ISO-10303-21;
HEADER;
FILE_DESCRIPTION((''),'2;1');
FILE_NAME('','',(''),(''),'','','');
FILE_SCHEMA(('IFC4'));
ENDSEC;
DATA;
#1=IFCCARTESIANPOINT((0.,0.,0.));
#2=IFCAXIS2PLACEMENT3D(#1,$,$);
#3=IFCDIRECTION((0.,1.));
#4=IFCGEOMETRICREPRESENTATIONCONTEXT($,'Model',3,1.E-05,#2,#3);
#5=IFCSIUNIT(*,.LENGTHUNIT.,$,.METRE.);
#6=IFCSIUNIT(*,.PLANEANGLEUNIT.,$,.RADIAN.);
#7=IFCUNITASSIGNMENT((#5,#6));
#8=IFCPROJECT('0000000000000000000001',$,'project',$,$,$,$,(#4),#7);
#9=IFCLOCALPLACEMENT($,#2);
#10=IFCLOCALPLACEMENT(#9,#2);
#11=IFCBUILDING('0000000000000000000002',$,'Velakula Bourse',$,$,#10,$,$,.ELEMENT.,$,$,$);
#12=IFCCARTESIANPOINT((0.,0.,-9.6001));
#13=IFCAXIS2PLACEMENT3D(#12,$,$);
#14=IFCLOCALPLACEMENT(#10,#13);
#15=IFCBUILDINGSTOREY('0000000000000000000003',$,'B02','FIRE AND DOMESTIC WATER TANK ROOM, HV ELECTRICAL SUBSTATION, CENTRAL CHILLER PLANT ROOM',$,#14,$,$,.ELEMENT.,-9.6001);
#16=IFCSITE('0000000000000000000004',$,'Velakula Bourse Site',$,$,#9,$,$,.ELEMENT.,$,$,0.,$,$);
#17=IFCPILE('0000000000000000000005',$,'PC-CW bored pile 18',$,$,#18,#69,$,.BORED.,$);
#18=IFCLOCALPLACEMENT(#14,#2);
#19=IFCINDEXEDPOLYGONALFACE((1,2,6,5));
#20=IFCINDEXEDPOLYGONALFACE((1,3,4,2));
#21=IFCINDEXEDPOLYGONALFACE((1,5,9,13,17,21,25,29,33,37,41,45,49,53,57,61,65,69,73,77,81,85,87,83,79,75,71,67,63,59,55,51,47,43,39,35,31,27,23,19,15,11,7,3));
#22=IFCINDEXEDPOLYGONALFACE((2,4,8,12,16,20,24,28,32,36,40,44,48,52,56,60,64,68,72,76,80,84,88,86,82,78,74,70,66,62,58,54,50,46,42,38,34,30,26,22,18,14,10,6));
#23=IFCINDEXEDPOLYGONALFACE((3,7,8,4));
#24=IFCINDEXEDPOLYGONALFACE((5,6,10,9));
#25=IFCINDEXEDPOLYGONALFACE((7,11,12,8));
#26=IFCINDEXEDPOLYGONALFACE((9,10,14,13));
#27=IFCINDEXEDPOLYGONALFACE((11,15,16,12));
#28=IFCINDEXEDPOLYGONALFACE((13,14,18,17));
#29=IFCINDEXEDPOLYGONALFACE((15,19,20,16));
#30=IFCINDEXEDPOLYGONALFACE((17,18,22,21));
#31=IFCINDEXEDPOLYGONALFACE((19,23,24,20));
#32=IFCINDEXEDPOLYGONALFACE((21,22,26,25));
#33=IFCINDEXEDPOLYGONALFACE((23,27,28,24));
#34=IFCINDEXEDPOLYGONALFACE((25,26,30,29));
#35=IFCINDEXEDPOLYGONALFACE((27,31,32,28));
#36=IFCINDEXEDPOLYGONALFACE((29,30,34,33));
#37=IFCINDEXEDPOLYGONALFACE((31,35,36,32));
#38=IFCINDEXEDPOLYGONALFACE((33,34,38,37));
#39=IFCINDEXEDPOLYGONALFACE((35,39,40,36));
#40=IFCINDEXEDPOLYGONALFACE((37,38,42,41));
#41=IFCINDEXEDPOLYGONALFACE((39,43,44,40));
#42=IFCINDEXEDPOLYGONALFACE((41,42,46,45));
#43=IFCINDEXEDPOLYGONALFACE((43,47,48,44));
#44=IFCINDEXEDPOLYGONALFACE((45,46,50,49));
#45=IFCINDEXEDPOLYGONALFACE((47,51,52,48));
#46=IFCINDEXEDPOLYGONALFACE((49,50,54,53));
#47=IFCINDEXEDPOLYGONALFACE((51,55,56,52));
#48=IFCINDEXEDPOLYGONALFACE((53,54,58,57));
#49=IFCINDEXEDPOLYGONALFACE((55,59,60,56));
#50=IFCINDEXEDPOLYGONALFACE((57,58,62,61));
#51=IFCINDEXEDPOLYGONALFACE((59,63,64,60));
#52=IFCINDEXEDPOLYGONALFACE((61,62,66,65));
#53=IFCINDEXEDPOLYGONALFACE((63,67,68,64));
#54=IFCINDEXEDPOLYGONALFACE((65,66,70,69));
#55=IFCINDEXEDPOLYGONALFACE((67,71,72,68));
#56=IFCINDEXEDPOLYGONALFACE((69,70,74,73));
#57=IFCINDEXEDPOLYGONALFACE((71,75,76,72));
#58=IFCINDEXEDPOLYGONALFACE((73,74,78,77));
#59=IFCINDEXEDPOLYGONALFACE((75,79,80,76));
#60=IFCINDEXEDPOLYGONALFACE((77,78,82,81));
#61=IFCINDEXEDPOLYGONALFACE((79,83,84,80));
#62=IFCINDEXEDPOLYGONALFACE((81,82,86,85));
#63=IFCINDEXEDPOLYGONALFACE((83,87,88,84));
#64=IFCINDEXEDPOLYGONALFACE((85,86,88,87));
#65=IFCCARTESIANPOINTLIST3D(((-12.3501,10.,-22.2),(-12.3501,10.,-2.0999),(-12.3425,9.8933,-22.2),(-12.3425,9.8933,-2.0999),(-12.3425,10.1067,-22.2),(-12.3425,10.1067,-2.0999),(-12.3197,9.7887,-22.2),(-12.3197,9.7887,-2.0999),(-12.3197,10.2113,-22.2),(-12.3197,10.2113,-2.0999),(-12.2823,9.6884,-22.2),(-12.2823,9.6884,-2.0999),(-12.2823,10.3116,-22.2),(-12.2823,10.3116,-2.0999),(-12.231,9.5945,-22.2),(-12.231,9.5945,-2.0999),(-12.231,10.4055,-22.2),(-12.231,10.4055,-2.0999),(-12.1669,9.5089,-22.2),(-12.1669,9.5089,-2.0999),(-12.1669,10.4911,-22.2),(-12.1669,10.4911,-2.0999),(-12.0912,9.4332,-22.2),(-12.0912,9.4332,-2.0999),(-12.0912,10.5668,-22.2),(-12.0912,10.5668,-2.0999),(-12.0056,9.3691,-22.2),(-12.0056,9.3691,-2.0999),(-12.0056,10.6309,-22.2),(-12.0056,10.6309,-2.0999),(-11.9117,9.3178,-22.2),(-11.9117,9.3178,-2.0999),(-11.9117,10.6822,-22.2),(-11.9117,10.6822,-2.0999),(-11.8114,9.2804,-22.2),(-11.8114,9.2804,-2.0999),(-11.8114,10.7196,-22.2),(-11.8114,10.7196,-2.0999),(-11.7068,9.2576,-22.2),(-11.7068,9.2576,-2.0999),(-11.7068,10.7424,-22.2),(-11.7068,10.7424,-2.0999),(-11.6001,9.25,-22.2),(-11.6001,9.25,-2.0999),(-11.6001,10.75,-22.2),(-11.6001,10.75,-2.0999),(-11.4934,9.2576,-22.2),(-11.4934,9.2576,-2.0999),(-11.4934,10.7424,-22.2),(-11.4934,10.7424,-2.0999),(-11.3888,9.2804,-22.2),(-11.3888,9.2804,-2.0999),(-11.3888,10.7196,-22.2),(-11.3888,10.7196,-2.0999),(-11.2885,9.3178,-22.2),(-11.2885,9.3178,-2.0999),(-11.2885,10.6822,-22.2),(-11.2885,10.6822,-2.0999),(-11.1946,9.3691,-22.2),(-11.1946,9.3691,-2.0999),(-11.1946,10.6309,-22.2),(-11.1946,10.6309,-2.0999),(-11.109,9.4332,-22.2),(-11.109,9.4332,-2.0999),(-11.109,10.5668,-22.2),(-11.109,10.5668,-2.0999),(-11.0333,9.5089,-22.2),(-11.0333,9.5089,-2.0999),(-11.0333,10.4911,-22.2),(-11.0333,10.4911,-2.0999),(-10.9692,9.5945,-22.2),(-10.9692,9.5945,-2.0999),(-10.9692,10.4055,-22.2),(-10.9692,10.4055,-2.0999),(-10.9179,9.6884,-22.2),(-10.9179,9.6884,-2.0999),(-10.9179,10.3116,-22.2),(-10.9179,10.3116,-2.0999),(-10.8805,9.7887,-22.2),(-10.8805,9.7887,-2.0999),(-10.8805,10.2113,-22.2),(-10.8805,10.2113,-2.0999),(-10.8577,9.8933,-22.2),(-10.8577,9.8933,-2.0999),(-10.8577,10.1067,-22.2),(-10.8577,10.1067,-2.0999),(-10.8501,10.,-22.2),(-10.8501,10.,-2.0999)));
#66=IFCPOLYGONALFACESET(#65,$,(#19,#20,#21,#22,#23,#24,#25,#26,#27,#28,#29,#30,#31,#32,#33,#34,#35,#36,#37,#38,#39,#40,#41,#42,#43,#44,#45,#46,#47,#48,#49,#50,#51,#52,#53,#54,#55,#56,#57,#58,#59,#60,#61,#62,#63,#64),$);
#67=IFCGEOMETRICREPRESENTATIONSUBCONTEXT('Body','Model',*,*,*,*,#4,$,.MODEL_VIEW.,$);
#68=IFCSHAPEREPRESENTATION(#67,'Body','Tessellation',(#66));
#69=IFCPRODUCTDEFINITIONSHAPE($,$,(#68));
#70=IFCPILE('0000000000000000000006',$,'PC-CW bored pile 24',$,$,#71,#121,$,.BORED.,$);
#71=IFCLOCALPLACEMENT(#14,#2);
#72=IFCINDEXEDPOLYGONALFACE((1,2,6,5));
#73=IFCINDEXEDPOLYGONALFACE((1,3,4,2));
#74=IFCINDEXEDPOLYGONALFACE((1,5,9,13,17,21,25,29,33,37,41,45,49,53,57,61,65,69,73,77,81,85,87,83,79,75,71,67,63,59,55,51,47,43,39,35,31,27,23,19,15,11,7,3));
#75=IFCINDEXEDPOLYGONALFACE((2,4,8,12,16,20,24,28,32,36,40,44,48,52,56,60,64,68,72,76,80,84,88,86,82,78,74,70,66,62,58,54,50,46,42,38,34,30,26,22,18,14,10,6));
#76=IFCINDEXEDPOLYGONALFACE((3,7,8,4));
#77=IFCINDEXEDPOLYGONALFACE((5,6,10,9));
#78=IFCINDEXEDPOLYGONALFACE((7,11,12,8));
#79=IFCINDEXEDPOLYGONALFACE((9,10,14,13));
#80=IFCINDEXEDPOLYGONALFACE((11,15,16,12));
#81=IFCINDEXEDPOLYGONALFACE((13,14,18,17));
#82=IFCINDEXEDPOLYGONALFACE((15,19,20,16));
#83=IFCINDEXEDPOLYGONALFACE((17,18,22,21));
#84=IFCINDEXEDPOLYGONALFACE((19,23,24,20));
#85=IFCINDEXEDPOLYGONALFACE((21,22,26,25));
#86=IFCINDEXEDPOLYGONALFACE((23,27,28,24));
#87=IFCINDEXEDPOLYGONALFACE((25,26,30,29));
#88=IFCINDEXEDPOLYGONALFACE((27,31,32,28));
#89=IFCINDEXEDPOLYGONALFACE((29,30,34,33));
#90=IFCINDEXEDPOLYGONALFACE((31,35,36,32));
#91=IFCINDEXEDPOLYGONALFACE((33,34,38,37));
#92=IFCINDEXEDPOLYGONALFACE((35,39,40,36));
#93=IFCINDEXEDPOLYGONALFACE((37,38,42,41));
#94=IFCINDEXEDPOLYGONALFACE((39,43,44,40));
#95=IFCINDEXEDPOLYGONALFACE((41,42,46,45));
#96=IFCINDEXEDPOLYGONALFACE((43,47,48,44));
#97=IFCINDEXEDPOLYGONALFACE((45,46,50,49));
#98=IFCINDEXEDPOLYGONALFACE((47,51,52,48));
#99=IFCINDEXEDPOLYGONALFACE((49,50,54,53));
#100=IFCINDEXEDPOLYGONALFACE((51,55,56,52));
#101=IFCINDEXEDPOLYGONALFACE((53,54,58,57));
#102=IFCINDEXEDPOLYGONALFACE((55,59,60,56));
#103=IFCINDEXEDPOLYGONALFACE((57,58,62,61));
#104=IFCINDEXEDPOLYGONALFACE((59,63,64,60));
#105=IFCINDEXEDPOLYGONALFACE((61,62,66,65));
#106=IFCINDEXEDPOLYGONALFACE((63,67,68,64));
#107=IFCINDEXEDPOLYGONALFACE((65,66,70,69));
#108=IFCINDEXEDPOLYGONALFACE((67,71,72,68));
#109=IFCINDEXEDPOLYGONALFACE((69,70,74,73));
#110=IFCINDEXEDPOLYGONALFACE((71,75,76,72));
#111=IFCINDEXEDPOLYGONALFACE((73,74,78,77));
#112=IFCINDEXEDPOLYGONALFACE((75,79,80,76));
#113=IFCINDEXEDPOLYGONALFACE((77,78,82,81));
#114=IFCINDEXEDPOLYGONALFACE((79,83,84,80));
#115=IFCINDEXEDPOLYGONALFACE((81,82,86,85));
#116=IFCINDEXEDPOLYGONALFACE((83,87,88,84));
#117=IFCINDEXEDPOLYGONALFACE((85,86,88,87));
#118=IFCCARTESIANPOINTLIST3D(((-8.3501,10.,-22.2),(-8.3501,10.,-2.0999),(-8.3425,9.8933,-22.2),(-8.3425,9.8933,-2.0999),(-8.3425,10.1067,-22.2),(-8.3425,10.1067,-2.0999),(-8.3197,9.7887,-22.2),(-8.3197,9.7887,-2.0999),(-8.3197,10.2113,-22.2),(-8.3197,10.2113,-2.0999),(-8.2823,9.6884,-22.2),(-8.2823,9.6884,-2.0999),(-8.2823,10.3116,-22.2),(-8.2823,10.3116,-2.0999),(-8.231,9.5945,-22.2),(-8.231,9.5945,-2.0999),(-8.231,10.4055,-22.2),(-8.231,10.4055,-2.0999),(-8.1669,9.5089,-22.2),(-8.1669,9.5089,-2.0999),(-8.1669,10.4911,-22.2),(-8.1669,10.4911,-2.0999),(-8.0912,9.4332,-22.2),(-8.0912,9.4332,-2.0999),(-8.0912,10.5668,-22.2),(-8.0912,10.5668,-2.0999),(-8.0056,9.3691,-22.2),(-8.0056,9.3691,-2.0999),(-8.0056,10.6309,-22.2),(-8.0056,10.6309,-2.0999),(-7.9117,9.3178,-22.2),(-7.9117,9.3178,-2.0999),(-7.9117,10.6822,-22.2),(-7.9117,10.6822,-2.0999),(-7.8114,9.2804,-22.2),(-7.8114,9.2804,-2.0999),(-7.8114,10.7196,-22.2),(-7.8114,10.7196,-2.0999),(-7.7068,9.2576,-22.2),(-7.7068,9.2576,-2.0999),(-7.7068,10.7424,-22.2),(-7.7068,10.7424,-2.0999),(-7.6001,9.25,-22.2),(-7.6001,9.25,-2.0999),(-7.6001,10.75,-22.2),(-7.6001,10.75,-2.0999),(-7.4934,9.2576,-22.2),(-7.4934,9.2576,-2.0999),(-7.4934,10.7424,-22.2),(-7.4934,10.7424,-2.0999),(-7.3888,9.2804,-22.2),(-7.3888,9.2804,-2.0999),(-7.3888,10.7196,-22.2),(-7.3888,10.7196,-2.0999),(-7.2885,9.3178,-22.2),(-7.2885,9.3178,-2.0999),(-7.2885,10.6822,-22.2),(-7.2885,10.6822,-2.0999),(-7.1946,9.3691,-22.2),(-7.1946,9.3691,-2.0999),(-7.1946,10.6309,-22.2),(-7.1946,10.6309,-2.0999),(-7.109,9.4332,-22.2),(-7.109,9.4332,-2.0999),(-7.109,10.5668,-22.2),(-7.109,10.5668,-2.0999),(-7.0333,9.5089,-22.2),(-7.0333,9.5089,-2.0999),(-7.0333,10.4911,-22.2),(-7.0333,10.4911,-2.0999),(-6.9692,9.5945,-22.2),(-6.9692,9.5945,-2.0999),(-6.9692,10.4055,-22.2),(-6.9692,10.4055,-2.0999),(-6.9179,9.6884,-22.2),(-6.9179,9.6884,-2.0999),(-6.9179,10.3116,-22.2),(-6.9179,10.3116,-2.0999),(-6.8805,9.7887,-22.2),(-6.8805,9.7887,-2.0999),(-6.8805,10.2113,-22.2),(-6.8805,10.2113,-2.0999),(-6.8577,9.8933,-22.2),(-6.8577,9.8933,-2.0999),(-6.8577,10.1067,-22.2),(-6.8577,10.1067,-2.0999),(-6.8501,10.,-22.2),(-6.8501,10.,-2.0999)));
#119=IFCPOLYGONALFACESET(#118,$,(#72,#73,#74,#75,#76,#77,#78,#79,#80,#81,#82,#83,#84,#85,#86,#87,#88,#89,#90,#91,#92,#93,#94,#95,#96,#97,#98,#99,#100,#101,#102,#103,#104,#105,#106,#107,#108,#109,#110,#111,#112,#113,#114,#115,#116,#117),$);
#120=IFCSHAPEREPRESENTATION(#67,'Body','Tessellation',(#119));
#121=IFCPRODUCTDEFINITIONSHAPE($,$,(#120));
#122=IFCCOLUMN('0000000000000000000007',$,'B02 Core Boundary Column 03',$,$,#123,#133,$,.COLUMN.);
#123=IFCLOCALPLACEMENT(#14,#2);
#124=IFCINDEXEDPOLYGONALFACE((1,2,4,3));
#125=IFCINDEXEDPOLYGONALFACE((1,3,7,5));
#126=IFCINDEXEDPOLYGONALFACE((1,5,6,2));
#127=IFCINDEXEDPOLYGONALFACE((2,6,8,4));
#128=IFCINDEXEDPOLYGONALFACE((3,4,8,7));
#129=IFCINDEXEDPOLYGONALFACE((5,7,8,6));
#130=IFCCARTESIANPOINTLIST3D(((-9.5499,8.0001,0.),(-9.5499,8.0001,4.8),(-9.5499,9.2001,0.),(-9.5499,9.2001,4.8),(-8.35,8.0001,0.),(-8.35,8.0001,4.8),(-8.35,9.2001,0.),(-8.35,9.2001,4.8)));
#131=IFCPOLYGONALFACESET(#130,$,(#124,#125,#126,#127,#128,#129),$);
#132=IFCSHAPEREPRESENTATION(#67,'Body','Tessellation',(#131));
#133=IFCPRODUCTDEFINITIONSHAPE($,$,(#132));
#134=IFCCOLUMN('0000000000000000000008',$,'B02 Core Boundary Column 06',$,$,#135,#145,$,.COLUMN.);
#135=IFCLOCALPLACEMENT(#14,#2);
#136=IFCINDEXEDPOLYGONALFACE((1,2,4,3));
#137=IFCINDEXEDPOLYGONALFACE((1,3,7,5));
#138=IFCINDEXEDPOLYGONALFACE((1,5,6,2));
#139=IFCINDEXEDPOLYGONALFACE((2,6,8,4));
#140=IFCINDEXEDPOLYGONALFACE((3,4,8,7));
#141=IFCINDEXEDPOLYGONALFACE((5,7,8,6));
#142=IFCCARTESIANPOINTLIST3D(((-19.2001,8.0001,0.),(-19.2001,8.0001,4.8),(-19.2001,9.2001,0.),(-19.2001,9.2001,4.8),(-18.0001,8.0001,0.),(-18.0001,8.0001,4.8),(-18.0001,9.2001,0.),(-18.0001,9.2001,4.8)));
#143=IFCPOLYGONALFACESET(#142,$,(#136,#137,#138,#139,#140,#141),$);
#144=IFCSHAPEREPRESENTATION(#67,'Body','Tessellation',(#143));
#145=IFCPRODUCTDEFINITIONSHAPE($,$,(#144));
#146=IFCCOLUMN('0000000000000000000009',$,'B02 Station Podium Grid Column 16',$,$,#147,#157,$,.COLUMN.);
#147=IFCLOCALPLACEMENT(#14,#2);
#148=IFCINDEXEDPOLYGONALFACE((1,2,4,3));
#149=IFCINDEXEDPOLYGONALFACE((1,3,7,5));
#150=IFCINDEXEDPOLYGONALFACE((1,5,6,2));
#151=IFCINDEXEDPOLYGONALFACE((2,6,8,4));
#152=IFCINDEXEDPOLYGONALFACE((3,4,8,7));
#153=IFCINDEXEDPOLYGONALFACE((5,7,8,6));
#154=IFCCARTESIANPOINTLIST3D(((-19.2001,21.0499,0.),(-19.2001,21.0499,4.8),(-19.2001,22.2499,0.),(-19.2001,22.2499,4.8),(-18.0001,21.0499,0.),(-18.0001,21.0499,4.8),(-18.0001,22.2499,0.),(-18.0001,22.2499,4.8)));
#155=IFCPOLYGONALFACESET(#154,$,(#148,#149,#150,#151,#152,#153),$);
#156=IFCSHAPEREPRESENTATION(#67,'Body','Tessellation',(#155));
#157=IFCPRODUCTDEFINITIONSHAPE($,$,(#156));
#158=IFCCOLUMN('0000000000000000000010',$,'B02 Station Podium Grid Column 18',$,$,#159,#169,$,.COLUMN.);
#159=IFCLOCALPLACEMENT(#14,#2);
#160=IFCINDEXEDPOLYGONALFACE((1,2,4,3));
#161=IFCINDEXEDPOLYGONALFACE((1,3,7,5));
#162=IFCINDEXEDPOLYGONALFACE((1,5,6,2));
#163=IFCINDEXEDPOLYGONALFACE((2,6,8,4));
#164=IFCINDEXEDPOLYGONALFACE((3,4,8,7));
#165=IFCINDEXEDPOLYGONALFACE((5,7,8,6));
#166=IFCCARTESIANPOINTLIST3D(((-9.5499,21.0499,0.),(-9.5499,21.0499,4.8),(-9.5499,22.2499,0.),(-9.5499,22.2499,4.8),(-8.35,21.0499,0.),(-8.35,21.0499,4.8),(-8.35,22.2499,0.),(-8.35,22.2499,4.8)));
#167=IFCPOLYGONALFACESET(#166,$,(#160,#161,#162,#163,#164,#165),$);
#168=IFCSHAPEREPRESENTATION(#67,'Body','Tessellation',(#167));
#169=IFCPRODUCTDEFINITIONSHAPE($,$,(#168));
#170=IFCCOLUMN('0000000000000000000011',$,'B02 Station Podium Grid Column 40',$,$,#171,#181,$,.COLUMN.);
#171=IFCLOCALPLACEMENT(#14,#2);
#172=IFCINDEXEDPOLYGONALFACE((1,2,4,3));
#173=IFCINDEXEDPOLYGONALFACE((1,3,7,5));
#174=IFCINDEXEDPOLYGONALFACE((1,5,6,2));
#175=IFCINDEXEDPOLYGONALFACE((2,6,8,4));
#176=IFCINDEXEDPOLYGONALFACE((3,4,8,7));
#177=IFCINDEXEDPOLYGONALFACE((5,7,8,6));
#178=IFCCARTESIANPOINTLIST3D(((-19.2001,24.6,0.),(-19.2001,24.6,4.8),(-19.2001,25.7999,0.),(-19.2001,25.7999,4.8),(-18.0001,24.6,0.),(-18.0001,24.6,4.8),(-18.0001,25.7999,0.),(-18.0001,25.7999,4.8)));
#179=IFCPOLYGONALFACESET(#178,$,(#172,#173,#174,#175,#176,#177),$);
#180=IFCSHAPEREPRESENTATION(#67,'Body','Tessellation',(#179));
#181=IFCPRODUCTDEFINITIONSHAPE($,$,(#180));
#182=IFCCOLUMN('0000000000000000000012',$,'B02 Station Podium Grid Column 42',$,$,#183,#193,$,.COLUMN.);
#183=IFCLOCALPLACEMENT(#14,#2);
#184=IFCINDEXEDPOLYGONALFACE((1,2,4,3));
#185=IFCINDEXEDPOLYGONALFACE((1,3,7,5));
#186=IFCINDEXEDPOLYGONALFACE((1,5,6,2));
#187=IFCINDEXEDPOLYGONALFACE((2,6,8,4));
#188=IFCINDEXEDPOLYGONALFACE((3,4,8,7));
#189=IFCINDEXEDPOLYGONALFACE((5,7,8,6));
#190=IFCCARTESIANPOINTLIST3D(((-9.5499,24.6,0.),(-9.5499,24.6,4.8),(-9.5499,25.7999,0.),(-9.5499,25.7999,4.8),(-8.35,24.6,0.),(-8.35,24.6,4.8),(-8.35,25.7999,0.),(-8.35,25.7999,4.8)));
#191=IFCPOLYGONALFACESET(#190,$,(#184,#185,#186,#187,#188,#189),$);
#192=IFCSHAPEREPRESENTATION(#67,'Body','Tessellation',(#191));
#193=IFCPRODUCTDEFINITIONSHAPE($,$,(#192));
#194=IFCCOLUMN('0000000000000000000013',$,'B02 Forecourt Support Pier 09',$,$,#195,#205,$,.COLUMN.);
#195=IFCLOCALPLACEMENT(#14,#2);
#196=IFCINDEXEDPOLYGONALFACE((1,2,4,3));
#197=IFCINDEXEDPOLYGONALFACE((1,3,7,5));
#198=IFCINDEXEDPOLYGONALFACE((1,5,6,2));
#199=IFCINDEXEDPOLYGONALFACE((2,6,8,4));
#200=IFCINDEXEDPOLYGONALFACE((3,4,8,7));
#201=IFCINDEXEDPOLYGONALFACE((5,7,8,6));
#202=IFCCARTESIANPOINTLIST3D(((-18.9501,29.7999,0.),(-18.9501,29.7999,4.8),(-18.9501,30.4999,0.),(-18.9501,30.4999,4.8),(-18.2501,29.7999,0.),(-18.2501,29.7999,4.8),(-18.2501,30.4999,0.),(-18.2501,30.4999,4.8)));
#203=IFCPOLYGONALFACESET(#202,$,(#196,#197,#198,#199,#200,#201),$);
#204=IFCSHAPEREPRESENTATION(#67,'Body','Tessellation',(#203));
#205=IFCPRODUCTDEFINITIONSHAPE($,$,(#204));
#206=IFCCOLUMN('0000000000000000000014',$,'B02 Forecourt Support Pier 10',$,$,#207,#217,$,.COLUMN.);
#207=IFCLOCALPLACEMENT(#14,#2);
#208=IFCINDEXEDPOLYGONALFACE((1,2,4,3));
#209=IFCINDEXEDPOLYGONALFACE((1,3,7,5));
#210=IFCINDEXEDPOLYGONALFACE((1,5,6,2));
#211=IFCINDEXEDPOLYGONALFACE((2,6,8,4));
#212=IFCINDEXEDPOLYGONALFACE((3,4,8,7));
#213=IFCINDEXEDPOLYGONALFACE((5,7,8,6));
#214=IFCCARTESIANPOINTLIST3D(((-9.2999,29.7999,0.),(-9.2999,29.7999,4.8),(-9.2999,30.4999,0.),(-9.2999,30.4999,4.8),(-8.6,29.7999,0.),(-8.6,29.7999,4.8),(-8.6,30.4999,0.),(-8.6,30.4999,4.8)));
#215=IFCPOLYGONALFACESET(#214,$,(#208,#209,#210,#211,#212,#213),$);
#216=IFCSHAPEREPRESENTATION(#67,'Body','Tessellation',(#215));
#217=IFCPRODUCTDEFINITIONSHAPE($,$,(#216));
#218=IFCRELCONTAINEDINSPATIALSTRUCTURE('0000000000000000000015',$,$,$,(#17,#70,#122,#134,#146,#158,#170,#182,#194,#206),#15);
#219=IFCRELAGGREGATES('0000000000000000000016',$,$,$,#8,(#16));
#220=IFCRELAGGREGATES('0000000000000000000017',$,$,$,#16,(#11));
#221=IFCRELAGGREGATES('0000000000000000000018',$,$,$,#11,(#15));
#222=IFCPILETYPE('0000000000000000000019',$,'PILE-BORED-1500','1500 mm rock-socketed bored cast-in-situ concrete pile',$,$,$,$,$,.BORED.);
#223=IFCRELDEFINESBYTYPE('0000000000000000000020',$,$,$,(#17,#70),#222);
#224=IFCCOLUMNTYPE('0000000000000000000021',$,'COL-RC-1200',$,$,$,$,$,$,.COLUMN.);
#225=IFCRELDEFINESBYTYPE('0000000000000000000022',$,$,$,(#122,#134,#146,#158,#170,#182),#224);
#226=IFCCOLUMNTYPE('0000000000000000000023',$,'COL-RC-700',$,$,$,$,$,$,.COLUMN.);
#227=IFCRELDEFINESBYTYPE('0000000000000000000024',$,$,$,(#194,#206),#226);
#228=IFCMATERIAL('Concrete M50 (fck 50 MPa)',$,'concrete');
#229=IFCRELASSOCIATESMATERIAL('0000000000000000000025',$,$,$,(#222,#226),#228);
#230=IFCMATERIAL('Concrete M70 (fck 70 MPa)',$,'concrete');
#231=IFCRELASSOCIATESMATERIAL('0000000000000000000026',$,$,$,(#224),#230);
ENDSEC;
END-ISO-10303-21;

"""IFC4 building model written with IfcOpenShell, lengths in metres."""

from ifc_helpers import new_model, si_unit, direction, frame, origin, origin_2d, place, context, subcontext, project, spatial, rectangle, circle, extrude, material, material_profile, profile_set, type_object, element, save


model = new_model("IFC4")

# Units and contexts
model_context = context("Model", 3, precision=1e-05, world=origin(), true_north=direction((0.0, 1.0)))
body_context = subcontext(model_context, "Body", "Model", "MODEL_VIEW")
ifc_project = project(units=[si_unit("LENGTHUNIT", "METRE"), si_unit("PLANEANGLEUNIT", "RADIAN")], contexts=[model_context])

# Site, building, storey
site_placement = place(None, origin())
site = spatial("IfcSite", under=ifc_project, at=site_placement, Name="Velakula Bourse Site", CompositionType="ELEMENT", RefElevation=0.0)
building_placement = place(site_placement, origin())
building = spatial("IfcBuilding", under=site, at=building_placement, Name="Velakula Bourse", CompositionType="ELEMENT")
storey_placement = place(building_placement, frame((0.0, 0.0, -9.6001)))
storey = spatial("IfcBuildingStorey", under=building, at=storey_placement, Name="B02", Description="FIRE AND DOMESTIC WATER TANK ROOM, HV ELECTRICAL SUBSTATION, CENTRAL CHILLER PLANT ROOM", CompositionType="ELEMENT", Elevation=-9.6001)

# Shared definitions
ifc_material_1 = material(Name="Concrete M70 (fck 70 MPa)", Category="concrete")
ifc_material_2 = material(Name="Concrete M50 (fck 50 MPa)", Category="concrete")

# Piles
ifc_material_profile_1 = material_profile(ifc_material_2, circle(Radius=0.75, at=origin_2d()), Name="Concrete M50 (fck 50 MPa)")
ifc_profile_set_1 = profile_set([ifc_material_profile_1], Name="Concrete M50 (fck 50 MPa)")
pile_type_1 = type_object("IfcPileType", Name="PILE-BORED-1500", Description="1500 mm rock-socketed bored cast-in-situ concrete pile", PredefinedType="BORED", material=ifc_profile_set_1)
for number, where, z_axis, x_axis, name in (
    (1, (-11.6001, 10.0, -2.0999), (0.0, 0.0, -1.0), (1.0, 0.0, 0.0), "PC-CW bored pile 18"),
    (2, (-7.6001, 10.0, -2.0999), (0.0, 0.0, -1.0), (1.0, 0.0, 0.0), "PC-CW bored pile 24"),
):
    element("IfcPile", number, at=place(storey_placement, frame(where, z_axis=z_axis, x_axis=x_axis)), inside=storey, type_object=pile_type_1, Name=name, PredefinedType="BORED", context=body_context, shape_type="SweptSolid", body=[
        extrude(circle(Radius=0.75, at=origin_2d()), origin(), (0.0, 0.0, 1.0), 20.1001),
    ])

# Columns
ifc_material_profile_2 = material_profile(ifc_material_1, rectangle(XDim=1.2, YDim=1.2, at=origin_2d()), Name="Concrete M70 (fck 70 MPa)")
ifc_profile_set_2 = profile_set([ifc_material_profile_2], Name="Concrete M70 (fck 70 MPa)")
column_type_1 = type_object("IfcColumnType", Name="COL-RC-1200", PredefinedType="COLUMN", material=ifc_profile_set_2)
for number, where, z_axis, x_axis, name in (
    (3, (-8.95, 8.6001, 0.0), (0.0, 0.0, 1.0), (1.0, 0.0, 0.0), "B02 Core Boundary Column 03"),
    (4, (-18.6001, 8.6001, 0.0), (0.0, 0.0, 1.0), (1.0, 0.0, 0.0), "B02 Core Boundary Column 06"),
    (5, (-18.6001, 21.6499, 0.0), (0.0, 0.0, 1.0), (1.0, 0.0, 0.0), "B02 Station Podium Grid Column 16"),
    (6, (-8.95, 21.6499, 0.0), (0.0, 0.0, 1.0), (1.0, 0.0, 0.0), "B02 Station Podium Grid Column 18"),
    (7, (-18.6001, 25.2, 0.0), (0.0, 0.0, 1.0), (1.0, 0.0, 0.0), "B02 Station Podium Grid Column 40"),
    (8, (-8.95, 25.2, 0.0), (0.0, 0.0, 1.0), (1.0, 0.0, 0.0), "B02 Station Podium Grid Column 42"),
):
    element("IfcColumn", number, at=place(storey_placement, frame(where, z_axis=z_axis, x_axis=x_axis)), inside=storey, type_object=column_type_1, Name=name, PredefinedType="COLUMN", context=body_context, shape_type="SweptSolid", body=[
        extrude(rectangle(XDim=1.2, YDim=1.2, at=origin_2d()), origin(), (0.0, 0.0, 1.0), 4.8),
    ])
ifc_material_profile_3 = material_profile(ifc_material_2, rectangle(XDim=0.7, YDim=0.7, at=origin_2d()), Name="Concrete M50 (fck 50 MPa)")
ifc_profile_set_3 = profile_set([ifc_material_profile_3], Name="Concrete M50 (fck 50 MPa)")
column_type_2 = type_object("IfcColumnType", Name="COL-RC-700", PredefinedType="COLUMN", material=ifc_profile_set_3)
for number, where, z_axis, x_axis, name in (
    (9, (-18.6001, 30.1499, 0.0), (0.0, 0.0, 1.0), (1.0, 0.0, 0.0), "B02 Forecourt Support Pier 09"),
    (10, (-8.95, 30.1499, 0.0), (0.0, 0.0, 1.0), (1.0, 0.0, 0.0), "B02 Forecourt Support Pier 10"),
):
    element("IfcColumn", number, at=place(storey_placement, frame(where, z_axis=z_axis, x_axis=x_axis)), inside=storey, type_object=column_type_2, Name=name, PredefinedType="COLUMN", context=body_context, shape_type="SweptSolid", body=[
        extrude(rectangle(XDim=0.7, YDim=0.7, at=origin_2d()), origin(), (0.0, 0.0, 1.0), 4.8),
    ])

save(model, "model.ifc")
